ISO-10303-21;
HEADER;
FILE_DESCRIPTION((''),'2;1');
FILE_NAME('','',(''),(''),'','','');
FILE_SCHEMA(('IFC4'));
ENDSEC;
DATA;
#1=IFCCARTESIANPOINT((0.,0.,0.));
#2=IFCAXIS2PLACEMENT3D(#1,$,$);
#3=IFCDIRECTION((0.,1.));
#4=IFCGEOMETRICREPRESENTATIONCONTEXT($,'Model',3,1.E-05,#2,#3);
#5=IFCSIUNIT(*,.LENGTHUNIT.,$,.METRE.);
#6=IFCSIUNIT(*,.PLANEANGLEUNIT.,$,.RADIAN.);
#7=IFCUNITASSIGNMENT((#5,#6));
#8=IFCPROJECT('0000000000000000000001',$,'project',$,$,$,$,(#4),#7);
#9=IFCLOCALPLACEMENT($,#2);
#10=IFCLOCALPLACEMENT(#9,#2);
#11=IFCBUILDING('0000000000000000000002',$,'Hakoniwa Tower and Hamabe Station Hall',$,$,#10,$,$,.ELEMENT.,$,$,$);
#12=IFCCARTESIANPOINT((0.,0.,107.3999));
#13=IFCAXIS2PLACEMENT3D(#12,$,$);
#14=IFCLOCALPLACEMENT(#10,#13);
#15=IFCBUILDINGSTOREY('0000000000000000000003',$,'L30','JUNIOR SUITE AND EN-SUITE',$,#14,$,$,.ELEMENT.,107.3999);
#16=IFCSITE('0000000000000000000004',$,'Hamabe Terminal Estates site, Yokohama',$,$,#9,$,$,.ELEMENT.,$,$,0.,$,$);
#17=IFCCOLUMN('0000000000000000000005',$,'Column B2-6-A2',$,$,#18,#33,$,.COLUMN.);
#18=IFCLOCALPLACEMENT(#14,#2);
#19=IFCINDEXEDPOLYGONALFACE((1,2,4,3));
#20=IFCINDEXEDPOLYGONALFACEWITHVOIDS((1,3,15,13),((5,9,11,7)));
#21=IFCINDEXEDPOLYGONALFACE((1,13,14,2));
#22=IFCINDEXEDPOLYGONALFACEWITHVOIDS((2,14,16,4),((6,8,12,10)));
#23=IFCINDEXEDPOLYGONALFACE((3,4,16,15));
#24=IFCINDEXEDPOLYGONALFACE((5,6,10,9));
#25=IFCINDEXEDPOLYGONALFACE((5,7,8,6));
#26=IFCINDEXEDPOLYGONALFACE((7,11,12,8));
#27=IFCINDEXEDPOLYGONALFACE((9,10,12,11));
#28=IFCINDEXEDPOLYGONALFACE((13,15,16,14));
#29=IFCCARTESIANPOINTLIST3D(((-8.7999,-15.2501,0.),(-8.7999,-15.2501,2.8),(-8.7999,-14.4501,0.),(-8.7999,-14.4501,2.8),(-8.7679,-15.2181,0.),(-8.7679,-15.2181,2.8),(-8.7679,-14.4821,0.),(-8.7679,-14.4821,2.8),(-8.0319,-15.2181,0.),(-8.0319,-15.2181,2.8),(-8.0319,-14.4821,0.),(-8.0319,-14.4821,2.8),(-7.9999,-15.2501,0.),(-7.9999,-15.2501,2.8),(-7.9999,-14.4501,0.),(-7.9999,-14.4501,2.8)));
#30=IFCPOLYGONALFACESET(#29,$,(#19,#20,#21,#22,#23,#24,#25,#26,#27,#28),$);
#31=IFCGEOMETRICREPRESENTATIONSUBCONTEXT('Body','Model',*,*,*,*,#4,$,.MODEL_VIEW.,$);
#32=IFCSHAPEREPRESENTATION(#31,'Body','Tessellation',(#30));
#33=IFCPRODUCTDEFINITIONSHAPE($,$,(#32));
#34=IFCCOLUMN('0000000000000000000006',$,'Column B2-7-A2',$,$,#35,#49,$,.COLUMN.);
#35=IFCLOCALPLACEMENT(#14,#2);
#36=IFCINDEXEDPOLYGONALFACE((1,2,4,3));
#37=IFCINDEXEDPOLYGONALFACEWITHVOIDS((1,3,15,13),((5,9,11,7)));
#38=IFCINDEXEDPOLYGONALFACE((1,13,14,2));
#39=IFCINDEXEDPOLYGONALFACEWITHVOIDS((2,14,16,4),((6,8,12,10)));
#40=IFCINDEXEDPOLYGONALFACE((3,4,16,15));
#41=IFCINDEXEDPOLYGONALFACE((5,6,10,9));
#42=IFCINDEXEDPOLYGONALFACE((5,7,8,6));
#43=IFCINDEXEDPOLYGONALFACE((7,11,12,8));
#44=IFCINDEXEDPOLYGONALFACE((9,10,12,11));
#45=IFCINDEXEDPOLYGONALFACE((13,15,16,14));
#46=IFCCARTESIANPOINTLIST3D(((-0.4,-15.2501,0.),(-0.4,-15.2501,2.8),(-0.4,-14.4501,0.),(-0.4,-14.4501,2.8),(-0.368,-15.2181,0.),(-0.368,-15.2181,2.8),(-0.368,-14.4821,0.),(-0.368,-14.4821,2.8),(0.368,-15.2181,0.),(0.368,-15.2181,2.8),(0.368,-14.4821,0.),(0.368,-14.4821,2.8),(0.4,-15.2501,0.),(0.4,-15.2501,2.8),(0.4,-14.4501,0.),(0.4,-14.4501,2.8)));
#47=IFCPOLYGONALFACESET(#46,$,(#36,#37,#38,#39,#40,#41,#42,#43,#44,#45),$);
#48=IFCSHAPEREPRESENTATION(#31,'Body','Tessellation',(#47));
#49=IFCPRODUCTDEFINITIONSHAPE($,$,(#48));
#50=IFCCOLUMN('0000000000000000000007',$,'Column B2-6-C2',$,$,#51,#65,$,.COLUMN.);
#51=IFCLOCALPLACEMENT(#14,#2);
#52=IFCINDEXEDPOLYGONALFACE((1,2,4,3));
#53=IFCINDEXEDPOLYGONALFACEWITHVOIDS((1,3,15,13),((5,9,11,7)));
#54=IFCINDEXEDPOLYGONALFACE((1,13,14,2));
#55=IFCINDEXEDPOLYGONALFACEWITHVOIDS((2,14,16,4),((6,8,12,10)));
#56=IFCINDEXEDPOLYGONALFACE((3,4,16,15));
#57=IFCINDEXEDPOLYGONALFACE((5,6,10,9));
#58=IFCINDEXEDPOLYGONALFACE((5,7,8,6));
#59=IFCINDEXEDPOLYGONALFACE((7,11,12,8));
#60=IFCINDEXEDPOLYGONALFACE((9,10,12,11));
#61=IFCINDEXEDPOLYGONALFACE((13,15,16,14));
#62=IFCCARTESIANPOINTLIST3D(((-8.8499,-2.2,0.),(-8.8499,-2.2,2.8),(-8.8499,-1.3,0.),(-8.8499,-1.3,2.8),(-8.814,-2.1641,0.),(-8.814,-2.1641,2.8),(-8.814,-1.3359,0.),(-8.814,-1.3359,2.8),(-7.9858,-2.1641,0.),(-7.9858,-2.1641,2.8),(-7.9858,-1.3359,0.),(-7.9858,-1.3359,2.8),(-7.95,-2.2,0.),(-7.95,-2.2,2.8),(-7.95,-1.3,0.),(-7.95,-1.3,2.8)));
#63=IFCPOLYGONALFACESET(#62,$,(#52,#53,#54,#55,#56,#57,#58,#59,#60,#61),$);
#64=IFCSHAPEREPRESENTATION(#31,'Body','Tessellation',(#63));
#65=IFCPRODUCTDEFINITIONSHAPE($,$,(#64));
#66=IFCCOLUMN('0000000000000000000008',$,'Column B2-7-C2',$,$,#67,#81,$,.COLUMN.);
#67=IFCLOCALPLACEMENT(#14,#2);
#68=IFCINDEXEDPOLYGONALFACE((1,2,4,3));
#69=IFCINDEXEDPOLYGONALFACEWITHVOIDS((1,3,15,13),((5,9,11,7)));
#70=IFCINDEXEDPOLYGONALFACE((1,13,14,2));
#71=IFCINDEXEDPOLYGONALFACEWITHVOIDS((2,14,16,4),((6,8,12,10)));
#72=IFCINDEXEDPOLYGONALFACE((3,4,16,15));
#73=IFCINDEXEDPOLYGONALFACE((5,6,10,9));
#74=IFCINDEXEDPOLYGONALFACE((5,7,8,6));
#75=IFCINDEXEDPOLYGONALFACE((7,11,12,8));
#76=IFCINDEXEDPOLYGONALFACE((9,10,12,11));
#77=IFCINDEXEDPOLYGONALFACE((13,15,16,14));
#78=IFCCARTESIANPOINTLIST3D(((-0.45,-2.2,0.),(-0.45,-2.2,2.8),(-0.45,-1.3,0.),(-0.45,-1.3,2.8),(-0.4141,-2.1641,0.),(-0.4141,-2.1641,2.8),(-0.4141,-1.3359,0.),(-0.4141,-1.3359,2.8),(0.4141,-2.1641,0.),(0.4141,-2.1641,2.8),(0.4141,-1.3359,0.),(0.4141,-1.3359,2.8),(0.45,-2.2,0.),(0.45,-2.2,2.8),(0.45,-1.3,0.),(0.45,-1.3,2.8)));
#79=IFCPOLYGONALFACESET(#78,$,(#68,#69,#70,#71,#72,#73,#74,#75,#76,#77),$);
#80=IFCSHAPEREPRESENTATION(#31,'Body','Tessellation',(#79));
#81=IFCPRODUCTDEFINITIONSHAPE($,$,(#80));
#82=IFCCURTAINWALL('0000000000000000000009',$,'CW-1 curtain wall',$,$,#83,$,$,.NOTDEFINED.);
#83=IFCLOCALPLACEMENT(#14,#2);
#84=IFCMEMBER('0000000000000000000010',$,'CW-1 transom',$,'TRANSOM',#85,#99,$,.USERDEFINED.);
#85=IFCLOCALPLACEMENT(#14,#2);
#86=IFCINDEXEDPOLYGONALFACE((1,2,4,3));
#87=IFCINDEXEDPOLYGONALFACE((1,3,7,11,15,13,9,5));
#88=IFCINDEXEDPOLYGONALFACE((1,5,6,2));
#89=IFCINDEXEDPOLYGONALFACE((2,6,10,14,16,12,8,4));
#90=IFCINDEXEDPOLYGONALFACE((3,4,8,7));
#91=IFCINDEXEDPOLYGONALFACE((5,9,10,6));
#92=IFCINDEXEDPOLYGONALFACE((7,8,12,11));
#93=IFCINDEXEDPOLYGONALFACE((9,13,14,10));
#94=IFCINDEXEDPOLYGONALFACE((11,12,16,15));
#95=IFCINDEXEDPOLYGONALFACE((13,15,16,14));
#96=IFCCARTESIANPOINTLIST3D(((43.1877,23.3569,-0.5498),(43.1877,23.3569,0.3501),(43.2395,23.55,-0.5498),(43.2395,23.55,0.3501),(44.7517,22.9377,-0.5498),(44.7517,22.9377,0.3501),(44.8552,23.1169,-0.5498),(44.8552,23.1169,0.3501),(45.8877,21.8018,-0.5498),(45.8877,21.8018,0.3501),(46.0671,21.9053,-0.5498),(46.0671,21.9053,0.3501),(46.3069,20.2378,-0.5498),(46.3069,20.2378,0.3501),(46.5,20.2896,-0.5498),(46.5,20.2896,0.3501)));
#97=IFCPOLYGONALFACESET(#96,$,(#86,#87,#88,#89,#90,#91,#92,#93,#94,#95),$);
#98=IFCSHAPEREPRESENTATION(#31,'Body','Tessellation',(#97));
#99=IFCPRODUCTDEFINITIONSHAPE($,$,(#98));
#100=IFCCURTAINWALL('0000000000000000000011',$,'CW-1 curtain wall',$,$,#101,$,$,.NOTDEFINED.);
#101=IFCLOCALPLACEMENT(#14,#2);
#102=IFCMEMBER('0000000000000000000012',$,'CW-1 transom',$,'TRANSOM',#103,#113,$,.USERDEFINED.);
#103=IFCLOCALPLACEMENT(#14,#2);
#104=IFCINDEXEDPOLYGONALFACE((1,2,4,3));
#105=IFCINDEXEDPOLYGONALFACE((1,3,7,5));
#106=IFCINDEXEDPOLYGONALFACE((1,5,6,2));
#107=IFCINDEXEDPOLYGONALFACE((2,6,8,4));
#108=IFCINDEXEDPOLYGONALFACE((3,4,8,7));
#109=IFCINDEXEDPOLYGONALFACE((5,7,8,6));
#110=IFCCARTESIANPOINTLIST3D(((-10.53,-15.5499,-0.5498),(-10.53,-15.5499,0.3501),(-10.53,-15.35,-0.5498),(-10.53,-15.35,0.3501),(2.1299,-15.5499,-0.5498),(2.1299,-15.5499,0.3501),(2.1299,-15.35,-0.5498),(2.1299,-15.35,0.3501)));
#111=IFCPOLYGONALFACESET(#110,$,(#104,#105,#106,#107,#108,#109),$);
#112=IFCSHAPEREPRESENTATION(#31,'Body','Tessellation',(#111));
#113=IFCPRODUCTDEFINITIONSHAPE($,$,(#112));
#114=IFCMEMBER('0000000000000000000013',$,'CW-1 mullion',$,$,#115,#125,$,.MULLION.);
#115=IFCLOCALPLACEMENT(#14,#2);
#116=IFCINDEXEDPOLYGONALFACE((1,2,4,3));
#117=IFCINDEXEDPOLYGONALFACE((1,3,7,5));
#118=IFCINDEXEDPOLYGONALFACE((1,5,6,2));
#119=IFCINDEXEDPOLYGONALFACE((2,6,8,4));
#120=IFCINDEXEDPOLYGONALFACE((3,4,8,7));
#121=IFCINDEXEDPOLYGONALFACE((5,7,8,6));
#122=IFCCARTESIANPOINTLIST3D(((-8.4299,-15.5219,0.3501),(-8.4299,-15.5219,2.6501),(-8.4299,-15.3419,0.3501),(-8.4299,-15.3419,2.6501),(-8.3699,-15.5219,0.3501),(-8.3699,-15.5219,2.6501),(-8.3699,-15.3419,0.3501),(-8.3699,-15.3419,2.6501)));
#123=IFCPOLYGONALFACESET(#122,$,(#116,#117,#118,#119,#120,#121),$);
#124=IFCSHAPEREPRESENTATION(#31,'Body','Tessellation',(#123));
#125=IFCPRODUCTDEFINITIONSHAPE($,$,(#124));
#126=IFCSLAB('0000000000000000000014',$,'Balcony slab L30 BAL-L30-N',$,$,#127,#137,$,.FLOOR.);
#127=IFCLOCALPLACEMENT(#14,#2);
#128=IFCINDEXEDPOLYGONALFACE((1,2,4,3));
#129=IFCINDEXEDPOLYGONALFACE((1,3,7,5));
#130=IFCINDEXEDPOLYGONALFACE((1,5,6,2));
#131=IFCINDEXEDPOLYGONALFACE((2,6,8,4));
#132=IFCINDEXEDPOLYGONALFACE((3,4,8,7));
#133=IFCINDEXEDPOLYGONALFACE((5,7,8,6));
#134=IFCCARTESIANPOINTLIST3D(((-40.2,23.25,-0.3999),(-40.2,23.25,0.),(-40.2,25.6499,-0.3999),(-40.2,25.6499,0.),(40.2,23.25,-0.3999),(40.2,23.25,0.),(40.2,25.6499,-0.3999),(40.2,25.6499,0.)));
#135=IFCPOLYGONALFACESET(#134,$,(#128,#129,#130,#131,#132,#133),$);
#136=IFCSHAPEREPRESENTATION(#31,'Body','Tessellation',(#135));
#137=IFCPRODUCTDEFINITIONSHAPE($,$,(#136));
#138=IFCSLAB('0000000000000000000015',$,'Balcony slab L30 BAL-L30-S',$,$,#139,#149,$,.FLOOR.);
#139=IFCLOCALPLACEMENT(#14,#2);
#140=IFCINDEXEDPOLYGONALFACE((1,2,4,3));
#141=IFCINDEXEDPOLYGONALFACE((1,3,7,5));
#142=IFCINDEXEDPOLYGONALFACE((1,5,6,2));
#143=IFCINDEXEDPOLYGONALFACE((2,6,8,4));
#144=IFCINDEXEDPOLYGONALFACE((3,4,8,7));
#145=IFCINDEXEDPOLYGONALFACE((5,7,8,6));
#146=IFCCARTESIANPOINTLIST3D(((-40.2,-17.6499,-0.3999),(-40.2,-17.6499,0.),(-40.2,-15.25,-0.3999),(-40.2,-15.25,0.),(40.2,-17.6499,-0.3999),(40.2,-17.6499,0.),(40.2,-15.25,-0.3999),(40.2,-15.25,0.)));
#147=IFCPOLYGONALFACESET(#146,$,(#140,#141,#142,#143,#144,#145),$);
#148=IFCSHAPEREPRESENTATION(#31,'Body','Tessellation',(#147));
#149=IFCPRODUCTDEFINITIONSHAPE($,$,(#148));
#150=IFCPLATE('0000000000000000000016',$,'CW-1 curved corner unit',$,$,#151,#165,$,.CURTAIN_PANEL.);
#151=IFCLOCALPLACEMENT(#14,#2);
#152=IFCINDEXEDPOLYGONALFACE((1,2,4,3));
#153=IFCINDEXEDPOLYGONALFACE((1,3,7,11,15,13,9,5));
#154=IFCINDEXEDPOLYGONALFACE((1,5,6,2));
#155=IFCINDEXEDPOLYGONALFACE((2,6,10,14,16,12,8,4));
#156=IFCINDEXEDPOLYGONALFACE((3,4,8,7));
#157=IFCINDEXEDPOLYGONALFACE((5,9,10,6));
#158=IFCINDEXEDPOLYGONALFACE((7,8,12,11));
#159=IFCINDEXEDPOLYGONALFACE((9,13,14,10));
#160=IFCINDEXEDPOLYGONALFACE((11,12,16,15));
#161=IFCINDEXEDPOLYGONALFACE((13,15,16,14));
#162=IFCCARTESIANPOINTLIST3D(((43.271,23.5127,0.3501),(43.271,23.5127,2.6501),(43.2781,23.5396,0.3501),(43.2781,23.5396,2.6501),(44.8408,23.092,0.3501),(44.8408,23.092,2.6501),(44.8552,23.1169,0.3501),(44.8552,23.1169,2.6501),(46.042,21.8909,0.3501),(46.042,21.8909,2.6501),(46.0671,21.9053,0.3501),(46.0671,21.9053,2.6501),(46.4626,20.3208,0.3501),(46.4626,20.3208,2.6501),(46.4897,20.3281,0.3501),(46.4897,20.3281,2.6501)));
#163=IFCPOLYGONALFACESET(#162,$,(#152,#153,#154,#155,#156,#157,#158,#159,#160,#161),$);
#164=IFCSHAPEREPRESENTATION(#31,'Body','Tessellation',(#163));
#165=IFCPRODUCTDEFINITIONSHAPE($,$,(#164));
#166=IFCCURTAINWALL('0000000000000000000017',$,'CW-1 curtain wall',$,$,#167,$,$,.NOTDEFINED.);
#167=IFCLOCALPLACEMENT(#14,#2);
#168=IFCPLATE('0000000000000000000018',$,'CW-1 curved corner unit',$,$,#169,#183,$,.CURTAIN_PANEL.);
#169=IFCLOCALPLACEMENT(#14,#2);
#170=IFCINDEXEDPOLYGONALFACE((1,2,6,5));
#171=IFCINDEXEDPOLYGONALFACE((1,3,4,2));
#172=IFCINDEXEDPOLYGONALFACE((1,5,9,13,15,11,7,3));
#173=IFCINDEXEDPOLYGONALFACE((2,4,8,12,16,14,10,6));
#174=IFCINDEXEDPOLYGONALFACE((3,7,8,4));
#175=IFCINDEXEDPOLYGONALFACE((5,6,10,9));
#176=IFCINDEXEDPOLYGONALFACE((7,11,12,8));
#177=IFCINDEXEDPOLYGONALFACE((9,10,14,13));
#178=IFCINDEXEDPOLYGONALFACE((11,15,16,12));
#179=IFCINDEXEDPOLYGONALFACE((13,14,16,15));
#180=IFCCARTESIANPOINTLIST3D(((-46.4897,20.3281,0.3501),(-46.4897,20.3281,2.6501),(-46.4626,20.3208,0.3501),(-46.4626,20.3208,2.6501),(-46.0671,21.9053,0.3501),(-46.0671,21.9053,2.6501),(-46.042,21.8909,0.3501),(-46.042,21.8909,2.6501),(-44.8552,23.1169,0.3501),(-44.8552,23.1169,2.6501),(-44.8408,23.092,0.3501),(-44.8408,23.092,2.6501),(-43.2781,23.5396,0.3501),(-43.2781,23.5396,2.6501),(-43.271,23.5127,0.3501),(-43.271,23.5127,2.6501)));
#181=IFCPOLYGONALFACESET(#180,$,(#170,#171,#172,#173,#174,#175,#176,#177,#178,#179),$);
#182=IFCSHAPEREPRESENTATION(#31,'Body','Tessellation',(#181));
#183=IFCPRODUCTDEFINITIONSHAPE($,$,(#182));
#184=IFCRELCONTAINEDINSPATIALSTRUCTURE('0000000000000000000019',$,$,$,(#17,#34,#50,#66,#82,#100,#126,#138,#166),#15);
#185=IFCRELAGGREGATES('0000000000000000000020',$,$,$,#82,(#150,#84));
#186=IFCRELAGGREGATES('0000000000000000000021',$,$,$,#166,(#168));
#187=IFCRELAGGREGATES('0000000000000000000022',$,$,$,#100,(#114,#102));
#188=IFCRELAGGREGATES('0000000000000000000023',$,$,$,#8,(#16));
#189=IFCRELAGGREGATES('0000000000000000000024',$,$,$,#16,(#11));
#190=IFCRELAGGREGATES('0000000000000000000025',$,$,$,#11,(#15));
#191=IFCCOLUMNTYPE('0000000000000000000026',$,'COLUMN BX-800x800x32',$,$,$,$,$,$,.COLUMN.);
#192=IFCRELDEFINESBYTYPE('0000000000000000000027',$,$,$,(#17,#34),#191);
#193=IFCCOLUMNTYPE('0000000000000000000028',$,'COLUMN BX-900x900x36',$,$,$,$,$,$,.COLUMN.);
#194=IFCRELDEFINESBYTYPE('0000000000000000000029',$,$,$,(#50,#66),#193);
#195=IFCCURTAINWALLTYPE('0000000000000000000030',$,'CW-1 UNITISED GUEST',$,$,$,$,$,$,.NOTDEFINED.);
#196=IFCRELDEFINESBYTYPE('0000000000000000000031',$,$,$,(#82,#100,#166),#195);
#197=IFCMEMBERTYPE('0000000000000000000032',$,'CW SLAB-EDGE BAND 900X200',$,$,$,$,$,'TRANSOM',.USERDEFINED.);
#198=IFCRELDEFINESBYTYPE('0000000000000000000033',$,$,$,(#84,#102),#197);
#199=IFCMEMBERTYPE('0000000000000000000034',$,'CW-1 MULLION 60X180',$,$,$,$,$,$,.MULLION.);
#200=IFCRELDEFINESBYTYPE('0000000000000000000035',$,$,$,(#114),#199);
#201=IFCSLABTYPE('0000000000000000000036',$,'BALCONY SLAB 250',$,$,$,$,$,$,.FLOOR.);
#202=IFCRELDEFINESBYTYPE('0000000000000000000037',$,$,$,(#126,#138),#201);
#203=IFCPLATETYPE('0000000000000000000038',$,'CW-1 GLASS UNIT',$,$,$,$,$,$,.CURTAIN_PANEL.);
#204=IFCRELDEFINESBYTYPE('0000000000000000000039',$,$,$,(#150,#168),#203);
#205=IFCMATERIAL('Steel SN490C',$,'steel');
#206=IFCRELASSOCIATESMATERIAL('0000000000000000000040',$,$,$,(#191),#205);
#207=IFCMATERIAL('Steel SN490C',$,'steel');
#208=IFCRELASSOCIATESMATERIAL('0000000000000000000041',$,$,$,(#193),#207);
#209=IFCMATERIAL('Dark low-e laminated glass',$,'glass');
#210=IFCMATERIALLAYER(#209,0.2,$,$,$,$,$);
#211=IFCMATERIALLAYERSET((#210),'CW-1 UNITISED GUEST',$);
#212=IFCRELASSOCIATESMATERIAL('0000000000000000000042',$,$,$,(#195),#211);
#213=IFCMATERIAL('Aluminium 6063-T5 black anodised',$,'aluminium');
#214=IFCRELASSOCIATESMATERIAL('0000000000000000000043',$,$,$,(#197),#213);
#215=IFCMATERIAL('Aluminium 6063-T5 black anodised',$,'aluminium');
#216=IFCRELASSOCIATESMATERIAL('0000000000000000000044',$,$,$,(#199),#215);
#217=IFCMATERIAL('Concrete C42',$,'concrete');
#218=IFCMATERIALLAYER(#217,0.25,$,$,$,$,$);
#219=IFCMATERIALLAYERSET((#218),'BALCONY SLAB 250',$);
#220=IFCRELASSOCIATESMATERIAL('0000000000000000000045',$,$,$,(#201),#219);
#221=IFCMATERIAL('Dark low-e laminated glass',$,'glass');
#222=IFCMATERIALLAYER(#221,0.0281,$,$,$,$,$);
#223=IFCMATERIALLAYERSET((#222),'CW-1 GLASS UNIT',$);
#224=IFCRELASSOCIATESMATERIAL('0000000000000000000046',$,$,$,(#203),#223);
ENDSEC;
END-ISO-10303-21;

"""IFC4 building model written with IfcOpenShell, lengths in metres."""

from ifc_helpers import new_model, si_unit, direction, frame, origin, origin_2d, place, context, subcontext, project, spatial, polyline, rectangle, hollow_rectangle, outline, extrude, material, layer, layer_set, material_profile, profile_set, type_object, element, aggregate, save


model = new_model("IFC4")

# Units and contexts
model_context = context("Model", 3, precision=1e-05, world=origin(), true_north=direction((0.0, 1.0)))
body_context = subcontext(model_context, "Body", "Model", "MODEL_VIEW")
ifc_project = project(units=[si_unit("LENGTHUNIT", "METRE"), si_unit("PLANEANGLEUNIT", "RADIAN")], contexts=[model_context])

# Site, building, storey
site_placement = place(None, origin())
site = spatial("IfcSite", under=ifc_project, at=site_placement, Name="Hamabe Terminal Estates site, Yokohama", CompositionType="ELEMENT", RefElevation=0.0)
building_placement = place(site_placement, origin())
building = spatial("IfcBuilding", under=site, at=building_placement, Name="Hakoniwa Tower and Hamabe Station Hall", CompositionType="ELEMENT")
storey_placement = place(building_placement, frame((0.0, 0.0, 107.3999)))
storey = spatial("IfcBuildingStorey", under=building, at=storey_placement, Name="L30", Description="JUNIOR SUITE AND EN-SUITE", CompositionType="ELEMENT", Elevation=107.3999)

# Columns
ifc_material_1 = material(Name="Steel SN490C", Category="steel")
ifc_material_profile_1 = material_profile(ifc_material_1, hollow_rectangle(XDim=0.8, YDim=0.8, WallThickness=0.032, at=origin_2d()), Name="BX-800x800x32")
ifc_profile_set_1 = profile_set([ifc_material_profile_1], Name="Steel SN490C")
column_type_1 = type_object("IfcColumnType", Name="COLUMN BX-800x800x32", PredefinedType="COLUMN", material=ifc_profile_set_1)
for number, where, z_axis, x_axis, name in (
    (1, (-8.3999, -14.8501, 0.0), (0.0, 0.0, 1.0), (1.0, 0.0, 0.0), "Column B2-6-A2"),
    (2, (0.0, -14.8501, 0.0), (0.0, 0.0, 1.0), (1.0, 0.0, 0.0), "Column B2-7-A2"),
):
    element("IfcColumn", number, at=place(storey_placement, frame(where, z_axis=z_axis, x_axis=x_axis)), inside=storey, type_object=column_type_1, Name=name, PredefinedType="COLUMN", context=body_context, shape_type="SweptSolid", body=[
        extrude(hollow_rectangle(XDim=0.8, YDim=0.8, WallThickness=0.032, at=origin_2d()), origin(), (0.0, 0.0, 1.0), 2.8),
    ])
ifc_material_2 = material(Name="Steel SN490C", Category="steel")
ifc_material_profile_2 = material_profile(ifc_material_2, hollow_rectangle(XDim=0.8999, YDim=0.8999, WallThickness=0.0359, at=origin_2d()), Name="BX-900x900x36")
ifc_profile_set_2 = profile_set([ifc_material_profile_2], Name="Steel SN490C")
column_type_2 = type_object("IfcColumnType", Name="COLUMN BX-900x900x36", PredefinedType="COLUMN", material=ifc_profile_set_2)
for number, where, z_axis, x_axis, name in (
    (3, (-8.3999, -1.75, 0.0), (0.0, 0.0, 1.0), (1.0, 0.0, 0.0), "Column B2-6-C2"),
    (4, (0.0, -1.75, 0.0), (0.0, 0.0, 1.0), (1.0, 0.0, 0.0), "Column B2-7-C2"),
):
    element("IfcColumn", number, at=place(storey_placement, frame(where, z_axis=z_axis, x_axis=x_axis)), inside=storey, type_object=column_type_2, Name=name, PredefinedType="COLUMN", context=body_context, shape_type="SweptSolid", body=[
        extrude(hollow_rectangle(XDim=0.8999, YDim=0.8999, WallThickness=0.0359, at=origin_2d()), origin(), (0.0, 0.0, 1.0), 2.8),
    ])

# Curtain wall, member
ifc_material_3 = material(Name="Dark low-e laminated glass", Category="glass")
ifc_layer_1 = layer(ifc_material_3, 0.2)
ifc_layer_set_1 = layer_set([ifc_layer_1], Name="CW-1 UNITISED GUEST")
curtain_wall_type = type_object("IfcCurtainWallType", Name="CW-1 UNITISED GUEST", PredefinedType="NOTDEFINED", material=ifc_layer_set_1)
curtain_wall_1_placement = place(storey_placement, origin())
curtain_wall_1 = element("IfcCurtainWall", 5, at=curtain_wall_1_placement, inside=storey, type_object=curtain_wall_type, Name="CW-1 curtain wall", PredefinedType="NOTDEFINED")
ifc_material_4 = material(Name="Aluminium 6063-T5 black anodised", Category="aluminium")
ifc_material_profile_3 = material_profile(ifc_material_4, rectangle(XDim=0.2, YDim=0.8999, at=origin_2d()), Name="CW SLAB-EDGE BAND 900X200")
ifc_profile_set_3 = profile_set([ifc_material_profile_3], Name="Aluminium 6063-T5 black anodised")
member_type_1 = type_object("IfcMemberType", Name="CW SLAB-EDGE BAND 900X200", ElementType="TRANSOM", PredefinedType="USERDEFINED", material=ifc_profile_set_3)
member_1_placement = place(storey_placement, frame((0.0, 0.0, -0.5498)))
member_1 = element("IfcMember", 6, at=member_1_placement, type_object=member_type_1, Name="CW-1 transom", ObjectType="TRANSOM", PredefinedType="USERDEFINED", context=body_context, shape_type="SweptSolid", body=[
    extrude(outline(polyline([(46.5, 20.2896), (46.0671, 21.9053), (44.8552, 23.1169), (43.2395, 23.55), (43.1877, 23.3569), (44.7517, 22.9377), (45.8877, 21.8018), (46.3069, 20.2378), (46.5, 20.2896)])), origin(), (0.0, 0.0, 1.0), 0.8999),
])

# Curtain wall, members
curtain_wall_2_placement = place(storey_placement, origin())
curtain_wall_2 = element("IfcCurtainWall", 7, at=curtain_wall_2_placement, inside=storey, type_object=curtain_wall_type, Name="CW-1 curtain wall", PredefinedType="NOTDEFINED")
member_2_placement = place(storey_placement, frame((-10.53, -15.45, -0.0999), z_axis=(1.0, 0.0, 0.0), x_axis=(0.0, 1.0, 0.0)))
member_2 = element("IfcMember", 8, at=member_2_placement, type_object=member_type_1, Name="CW-1 transom", ObjectType="TRANSOM", PredefinedType="USERDEFINED", context=body_context, shape_type="SweptSolid", body=[
    extrude(rectangle(XDim=0.2, YDim=0.8999, at=origin_2d()), origin(), (0.0, 0.0, 1.0), 12.6599),
])
ifc_material_5 = material(Name="Aluminium 6063-T5 black anodised", Category="aluminium")
ifc_material_profile_4 = material_profile(ifc_material_5, rectangle(XDim=0.0601, YDim=0.1799, at=origin_2d()), Name="CW-1 MULLION 60X180")
ifc_profile_set_4 = profile_set([ifc_material_profile_4], Name="Aluminium 6063-T5 black anodised")
member_type_2 = type_object("IfcMemberType", Name="CW-1 MULLION 60X180", PredefinedType="MULLION", material=ifc_profile_set_4)
member_3_placement = place(storey_placement, frame((-8.3999, -15.4319, 0.3501), z_axis=(0.0, 0.0, 1.0), x_axis=(1.0, 0.0, 0.0)))
member_3 = element("IfcMember", 9, at=member_3_placement, type_object=member_type_2, Name="CW-1 mullion", PredefinedType="MULLION", context=body_context, shape_type="SweptSolid", body=[
    extrude(rectangle(XDim=0.0601, YDim=0.1799, at=origin_2d()), origin(), (0.0, 0.0, 1.0), 2.3),
])

# Slabs
ifc_material_6 = material(Name="Concrete C42", Category="concrete")
ifc_layer_2 = layer(ifc_material_6, 0.25)
ifc_layer_set_2 = layer_set([ifc_layer_2], Name="BALCONY SLAB 250")
slab_type_1 = type_object("IfcSlabType", Name="BALCONY SLAB 250", PredefinedType="FLOOR", material=ifc_layer_set_2)
slab_1_placement = place(storey_placement, frame((0.0, 0.0, -0.3999)))
element("IfcSlab", 10, at=slab_1_placement, inside=storey, type_object=slab_type_1, Name="Balcony slab L30 BAL-L30-N", PredefinedType="FLOOR", context=body_context, shape_type="SweptSolid", body=[
    extrude(outline(polyline([(-40.2, 23.25), (40.2, 23.25), (40.2, 25.6499), (-40.2, 25.6499), (-40.2, 23.25)])), origin(), (0.0, 0.0, 1.0), 0.3999),
])
slab_2_placement = place(storey_placement, frame((0.0, 0.0, -0.3999)))
element("IfcSlab", 11, at=slab_2_placement, inside=storey, type_object=slab_type_1, Name="Balcony slab L30 BAL-L30-S", PredefinedType="FLOOR", context=body_context, shape_type="SweptSolid", body=[
    extrude(outline(polyline([(-40.2, -17.6499), (40.2, -17.6499), (40.2, -15.25), (-40.2, -15.25), (-40.2, -17.6499)])), origin(), (0.0, 0.0, 1.0), 0.3999),
])

# Plate
ifc_material_7 = material(Name="Dark low-e laminated glass", Category="glass")
ifc_layer_3 = layer(ifc_material_7, 0.0281)
ifc_layer_set_3 = layer_set([ifc_layer_3], Name="CW-1 GLASS UNIT")
plate_type = type_object("IfcPlateType", Name="CW-1 GLASS UNIT", PredefinedType="CURTAIN_PANEL", material=ifc_layer_set_3)
plate_1_placement = place(storey_placement, frame((0.0, 0.0, 0.3501)))
plate_1 = element("IfcPlate", 12, at=plate_1_placement, type_object=plate_type, Name="CW-1 curved corner unit", PredefinedType="CURTAIN_PANEL", context=body_context, shape_type="SweptSolid", body=[
    extrude(outline(polyline([(46.4897, 20.3281), (46.0671, 21.9053), (44.8552, 23.1169), (43.2781, 23.5396), (43.271, 23.5127), (44.8408, 23.092), (46.042, 21.8909), (46.4626, 20.3208), (46.4897, 20.3281)])), origin(), (0.0, 0.0, 1.0), 2.3),
])
aggregate(curtain_wall_1, [plate_1, member_1])

# Curtain wall, plate
curtain_wall_3_placement = place(storey_placement, origin())
curtain_wall_3 = element("IfcCurtainWall", 13, at=curtain_wall_3_placement, inside=storey, type_object=curtain_wall_type, Name="CW-1 curtain wall", PredefinedType="NOTDEFINED")
plate_2_placement = place(storey_placement, frame((0.0, 0.0, 0.3501)))
plate_2 = element("IfcPlate", 14, at=plate_2_placement, type_object=plate_type, Name="CW-1 curved corner unit", PredefinedType="CURTAIN_PANEL", context=body_context, shape_type="SweptSolid", body=[
    extrude(outline(polyline([(-43.2781, 23.5396), (-44.8552, 23.1169), (-46.0671, 21.9053), (-46.4897, 20.3281), (-46.4626, 20.3208), (-46.042, 21.8909), (-44.8408, 23.092), (-43.271, 23.5127), (-43.2781, 23.5396)])), origin(), (0.0, 0.0, 1.0), 2.3),
])
aggregate(curtain_wall_3, [plate_2])

aggregate(curtain_wall_2, [member_3, member_2])

save(model, "model.ifc")
